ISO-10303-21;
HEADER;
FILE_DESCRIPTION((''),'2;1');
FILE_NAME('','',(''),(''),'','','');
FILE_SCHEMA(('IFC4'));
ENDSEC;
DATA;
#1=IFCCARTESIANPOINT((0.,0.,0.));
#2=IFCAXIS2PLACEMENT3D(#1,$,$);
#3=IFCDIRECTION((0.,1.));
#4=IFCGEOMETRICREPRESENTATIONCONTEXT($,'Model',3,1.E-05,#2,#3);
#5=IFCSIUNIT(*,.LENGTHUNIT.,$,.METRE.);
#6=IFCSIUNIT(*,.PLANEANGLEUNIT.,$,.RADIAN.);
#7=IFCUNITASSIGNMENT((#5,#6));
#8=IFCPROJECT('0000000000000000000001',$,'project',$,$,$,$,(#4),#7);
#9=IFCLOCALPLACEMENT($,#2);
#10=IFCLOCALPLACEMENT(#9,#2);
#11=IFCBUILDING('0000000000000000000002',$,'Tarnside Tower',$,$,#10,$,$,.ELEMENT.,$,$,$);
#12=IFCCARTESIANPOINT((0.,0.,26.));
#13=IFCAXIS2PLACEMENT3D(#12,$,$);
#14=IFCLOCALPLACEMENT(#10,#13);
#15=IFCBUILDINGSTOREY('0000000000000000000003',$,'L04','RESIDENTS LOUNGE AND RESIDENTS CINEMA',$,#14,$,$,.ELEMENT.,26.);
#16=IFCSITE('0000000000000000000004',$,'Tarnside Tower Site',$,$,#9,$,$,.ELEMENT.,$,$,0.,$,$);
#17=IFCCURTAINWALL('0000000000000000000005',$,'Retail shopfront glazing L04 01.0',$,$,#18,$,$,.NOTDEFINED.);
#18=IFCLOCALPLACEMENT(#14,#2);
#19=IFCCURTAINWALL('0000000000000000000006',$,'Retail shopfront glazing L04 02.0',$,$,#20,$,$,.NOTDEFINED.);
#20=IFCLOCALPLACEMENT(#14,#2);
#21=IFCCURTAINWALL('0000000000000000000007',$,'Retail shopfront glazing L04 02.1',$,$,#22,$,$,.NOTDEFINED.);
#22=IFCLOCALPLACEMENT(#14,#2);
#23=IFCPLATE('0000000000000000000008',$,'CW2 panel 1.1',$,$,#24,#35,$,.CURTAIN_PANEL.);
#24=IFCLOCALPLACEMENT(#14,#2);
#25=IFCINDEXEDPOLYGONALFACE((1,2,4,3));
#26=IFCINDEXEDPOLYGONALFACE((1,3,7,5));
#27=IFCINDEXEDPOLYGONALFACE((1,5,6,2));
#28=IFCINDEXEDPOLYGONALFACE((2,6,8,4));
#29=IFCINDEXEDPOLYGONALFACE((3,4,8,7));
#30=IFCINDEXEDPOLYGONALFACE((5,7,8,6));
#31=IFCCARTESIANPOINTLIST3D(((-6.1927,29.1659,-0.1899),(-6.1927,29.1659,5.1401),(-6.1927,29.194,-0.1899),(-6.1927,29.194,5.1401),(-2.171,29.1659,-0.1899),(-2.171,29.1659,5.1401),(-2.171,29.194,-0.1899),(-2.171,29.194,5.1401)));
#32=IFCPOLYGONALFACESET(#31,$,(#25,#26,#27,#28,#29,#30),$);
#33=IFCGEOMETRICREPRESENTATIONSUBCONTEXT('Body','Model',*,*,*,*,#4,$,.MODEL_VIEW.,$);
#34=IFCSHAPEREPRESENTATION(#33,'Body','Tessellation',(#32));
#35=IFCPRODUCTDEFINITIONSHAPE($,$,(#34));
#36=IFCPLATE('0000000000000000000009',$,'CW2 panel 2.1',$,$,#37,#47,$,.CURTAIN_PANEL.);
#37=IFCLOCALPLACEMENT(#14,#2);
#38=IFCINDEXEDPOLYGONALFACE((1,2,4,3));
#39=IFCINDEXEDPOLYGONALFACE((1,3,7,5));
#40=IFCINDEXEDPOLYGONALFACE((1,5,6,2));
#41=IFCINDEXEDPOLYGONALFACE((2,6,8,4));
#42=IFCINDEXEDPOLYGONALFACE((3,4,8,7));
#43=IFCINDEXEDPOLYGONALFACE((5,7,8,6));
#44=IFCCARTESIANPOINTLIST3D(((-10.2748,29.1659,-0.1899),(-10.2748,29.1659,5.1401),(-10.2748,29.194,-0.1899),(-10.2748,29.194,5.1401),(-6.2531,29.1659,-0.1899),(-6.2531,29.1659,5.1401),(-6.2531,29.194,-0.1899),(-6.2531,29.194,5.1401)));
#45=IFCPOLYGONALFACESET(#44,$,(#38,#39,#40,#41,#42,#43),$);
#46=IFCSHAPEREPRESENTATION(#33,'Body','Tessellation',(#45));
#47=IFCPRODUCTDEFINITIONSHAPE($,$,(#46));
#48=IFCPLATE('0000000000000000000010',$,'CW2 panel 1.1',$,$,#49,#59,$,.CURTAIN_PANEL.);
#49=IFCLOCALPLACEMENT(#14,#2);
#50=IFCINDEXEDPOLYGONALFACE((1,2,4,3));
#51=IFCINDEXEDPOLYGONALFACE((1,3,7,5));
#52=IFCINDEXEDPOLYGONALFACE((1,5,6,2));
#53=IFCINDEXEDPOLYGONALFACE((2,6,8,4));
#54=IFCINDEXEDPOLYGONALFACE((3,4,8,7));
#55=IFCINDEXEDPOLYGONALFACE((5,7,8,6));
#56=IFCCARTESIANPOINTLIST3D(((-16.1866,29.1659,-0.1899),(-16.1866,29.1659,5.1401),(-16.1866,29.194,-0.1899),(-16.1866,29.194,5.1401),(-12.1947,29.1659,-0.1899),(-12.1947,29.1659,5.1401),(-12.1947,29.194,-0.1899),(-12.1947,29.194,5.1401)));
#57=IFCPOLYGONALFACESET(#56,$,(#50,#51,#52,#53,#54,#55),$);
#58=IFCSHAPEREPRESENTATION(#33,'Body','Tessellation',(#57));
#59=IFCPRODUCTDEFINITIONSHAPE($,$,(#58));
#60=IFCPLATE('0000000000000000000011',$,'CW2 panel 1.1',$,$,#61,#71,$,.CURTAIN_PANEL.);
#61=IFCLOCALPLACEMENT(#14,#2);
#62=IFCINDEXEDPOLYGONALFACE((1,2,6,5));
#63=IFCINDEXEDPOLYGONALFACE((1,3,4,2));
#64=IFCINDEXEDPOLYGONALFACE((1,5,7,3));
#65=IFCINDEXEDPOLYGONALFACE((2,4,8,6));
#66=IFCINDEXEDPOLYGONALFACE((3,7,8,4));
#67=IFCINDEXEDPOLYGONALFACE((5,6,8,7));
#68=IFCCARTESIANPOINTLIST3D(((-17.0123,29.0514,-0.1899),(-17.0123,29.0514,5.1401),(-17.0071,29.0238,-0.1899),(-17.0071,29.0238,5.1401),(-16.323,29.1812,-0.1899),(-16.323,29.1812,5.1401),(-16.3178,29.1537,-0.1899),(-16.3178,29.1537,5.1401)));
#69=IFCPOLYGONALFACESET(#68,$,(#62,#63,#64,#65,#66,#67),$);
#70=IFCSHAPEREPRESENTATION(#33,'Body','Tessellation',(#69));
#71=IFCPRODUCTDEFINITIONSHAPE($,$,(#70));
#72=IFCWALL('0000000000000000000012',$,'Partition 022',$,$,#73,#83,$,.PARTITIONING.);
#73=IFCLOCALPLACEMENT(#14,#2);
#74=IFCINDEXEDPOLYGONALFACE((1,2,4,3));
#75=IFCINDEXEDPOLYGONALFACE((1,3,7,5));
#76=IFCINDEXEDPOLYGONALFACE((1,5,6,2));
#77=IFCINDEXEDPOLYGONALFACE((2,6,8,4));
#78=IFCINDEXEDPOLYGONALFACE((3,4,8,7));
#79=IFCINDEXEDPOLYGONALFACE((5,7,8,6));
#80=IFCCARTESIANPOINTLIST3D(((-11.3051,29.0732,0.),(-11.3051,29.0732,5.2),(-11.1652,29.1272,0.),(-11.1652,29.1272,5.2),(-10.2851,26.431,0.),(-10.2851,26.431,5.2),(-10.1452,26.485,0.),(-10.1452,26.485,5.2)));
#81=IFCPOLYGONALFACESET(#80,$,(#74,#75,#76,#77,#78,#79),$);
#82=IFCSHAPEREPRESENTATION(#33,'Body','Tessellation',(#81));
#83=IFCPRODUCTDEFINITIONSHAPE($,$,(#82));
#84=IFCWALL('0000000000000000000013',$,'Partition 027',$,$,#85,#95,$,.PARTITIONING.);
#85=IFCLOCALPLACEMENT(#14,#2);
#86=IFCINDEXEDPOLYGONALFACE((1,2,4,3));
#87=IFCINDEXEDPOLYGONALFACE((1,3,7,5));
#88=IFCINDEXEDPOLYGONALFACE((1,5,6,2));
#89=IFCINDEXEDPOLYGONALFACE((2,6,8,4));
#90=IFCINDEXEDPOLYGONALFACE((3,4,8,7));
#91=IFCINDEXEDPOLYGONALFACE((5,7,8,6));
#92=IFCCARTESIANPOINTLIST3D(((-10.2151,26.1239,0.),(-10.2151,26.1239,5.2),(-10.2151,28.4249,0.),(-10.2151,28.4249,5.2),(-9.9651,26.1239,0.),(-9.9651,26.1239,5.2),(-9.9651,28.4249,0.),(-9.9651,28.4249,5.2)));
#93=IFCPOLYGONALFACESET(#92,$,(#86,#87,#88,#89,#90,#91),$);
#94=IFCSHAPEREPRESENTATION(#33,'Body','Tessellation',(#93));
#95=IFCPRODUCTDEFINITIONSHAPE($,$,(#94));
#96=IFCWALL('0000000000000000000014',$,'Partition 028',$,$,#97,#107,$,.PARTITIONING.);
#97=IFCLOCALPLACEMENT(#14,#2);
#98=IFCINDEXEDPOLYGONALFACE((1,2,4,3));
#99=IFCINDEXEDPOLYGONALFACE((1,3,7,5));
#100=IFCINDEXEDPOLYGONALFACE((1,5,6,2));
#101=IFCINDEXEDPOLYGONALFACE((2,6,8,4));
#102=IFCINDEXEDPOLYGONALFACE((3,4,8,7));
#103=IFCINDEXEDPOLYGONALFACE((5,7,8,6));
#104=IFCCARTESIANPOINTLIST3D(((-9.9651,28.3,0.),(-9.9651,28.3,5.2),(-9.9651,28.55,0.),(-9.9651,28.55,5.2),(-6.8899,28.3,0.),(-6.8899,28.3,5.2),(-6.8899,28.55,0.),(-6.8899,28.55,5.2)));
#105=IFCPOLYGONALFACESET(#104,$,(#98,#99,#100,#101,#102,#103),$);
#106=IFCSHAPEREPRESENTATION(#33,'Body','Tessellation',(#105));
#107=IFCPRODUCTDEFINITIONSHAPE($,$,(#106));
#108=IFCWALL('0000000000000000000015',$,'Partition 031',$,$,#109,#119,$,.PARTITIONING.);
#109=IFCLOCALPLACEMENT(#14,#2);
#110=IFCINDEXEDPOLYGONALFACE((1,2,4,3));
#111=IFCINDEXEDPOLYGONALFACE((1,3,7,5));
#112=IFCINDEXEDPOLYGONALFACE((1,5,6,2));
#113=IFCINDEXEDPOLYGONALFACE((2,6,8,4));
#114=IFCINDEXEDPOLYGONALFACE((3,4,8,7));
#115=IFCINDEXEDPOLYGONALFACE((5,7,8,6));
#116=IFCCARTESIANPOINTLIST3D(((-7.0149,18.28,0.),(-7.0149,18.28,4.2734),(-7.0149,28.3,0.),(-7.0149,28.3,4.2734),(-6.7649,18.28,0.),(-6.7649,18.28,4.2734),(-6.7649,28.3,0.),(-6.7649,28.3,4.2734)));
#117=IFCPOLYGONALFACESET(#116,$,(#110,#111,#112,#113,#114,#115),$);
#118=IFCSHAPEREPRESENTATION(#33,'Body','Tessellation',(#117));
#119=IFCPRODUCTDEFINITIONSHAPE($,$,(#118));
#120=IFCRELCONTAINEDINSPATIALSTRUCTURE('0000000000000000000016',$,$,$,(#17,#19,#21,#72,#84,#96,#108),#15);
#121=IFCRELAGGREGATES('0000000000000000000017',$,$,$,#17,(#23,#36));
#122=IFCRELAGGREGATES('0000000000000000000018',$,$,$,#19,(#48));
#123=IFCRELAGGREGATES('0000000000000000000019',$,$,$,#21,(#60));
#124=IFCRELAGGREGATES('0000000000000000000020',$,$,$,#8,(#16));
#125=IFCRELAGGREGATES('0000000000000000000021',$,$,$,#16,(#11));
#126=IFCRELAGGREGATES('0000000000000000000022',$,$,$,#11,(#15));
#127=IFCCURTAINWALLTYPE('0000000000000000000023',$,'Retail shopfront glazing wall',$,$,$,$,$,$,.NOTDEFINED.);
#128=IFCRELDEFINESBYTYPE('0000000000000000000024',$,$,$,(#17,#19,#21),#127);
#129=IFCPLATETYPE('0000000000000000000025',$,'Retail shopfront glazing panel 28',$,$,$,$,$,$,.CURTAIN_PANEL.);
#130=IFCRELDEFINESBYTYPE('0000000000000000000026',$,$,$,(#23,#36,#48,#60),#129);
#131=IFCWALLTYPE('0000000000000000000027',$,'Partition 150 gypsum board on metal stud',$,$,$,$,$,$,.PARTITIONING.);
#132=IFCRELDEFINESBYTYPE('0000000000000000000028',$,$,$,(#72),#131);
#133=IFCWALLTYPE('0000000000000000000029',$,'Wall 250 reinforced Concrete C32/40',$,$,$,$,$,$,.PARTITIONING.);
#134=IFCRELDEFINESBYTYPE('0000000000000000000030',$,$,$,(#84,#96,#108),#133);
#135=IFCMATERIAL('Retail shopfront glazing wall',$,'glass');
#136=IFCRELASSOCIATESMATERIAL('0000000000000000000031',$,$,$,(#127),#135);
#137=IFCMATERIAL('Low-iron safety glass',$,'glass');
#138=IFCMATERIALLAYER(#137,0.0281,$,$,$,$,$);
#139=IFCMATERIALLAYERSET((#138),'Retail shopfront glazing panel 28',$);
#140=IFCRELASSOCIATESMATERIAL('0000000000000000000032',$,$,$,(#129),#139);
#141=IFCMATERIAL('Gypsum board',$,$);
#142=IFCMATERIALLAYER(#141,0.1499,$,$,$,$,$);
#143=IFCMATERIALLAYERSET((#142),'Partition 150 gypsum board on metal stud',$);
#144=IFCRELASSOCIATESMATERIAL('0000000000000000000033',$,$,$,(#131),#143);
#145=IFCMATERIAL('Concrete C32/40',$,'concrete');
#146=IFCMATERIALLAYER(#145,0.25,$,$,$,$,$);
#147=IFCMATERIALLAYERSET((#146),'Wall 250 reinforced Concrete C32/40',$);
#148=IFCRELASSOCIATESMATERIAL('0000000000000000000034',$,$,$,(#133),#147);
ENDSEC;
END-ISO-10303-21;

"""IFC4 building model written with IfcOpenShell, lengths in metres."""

from ifc_helpers import new_model, si_unit, direction, frame, frame_2d, origin, origin_2d, place, context, subcontext, project, spatial, rectangle, extrude, material, layer, layer_set, type_object, element, aggregate, save


model = new_model("IFC4")

# Units and contexts
model_context = context("Model", 3, precision=1e-05, world=origin(), true_north=direction((0.0, 1.0)))
body_context = subcontext(model_context, "Body", "Model", "MODEL_VIEW")
ifc_project = project(units=[si_unit("LENGTHUNIT", "METRE"), si_unit("PLANEANGLEUNIT", "RADIAN")], contexts=[model_context])

# Site, building, storey
site_placement = place(None, origin())
site = spatial("IfcSite", under=ifc_project, at=site_placement, Name="Tarnside Tower Site", CompositionType="ELEMENT", RefElevation=0.0)
building_placement = place(site_placement, origin())
building = spatial("IfcBuilding", under=site, at=building_placement, Name="Tarnside Tower", CompositionType="ELEMENT")
storey_placement = place(building_placement, frame((0.0, 0.0, 26.0)))
storey = spatial("IfcBuildingStorey", under=building, at=storey_placement, Name="L04", Description="RESIDENTS LOUNGE AND RESIDENTS CINEMA", CompositionType="ELEMENT", Elevation=26.0)

# Shared definitions
ifc_material_1 = material(Name="Retail shopfront glazing wall", Category="glass")
curtain_wall_type = type_object("IfcCurtainWallType", Name="Retail shopfront glazing wall", PredefinedType="NOTDEFINED", material=ifc_material_1)

# Curtain walls
curtain_wall_1_placement = place(storey_placement, origin())
curtain_wall_1 = element("IfcCurtainWall", 1, at=curtain_wall_1_placement, inside=storey, type_object=curtain_wall_type, Name="Retail shopfront glazing L04 01.0", PredefinedType="NOTDEFINED")
curtain_wall_2_placement = place(storey_placement, origin())
curtain_wall_2 = element("IfcCurtainWall", 2, at=curtain_wall_2_placement, inside=storey, type_object=curtain_wall_type, Name="Retail shopfront glazing L04 02.0", PredefinedType="NOTDEFINED")

# Curtain wall
curtain_wall_3_placement = place(storey_placement, origin())
curtain_wall_3 = element("IfcCurtainWall", 3, at=curtain_wall_3_placement, inside=storey, type_object=curtain_wall_type, Name="Retail shopfront glazing L04 02.1", PredefinedType="NOTDEFINED")

# Plates
ifc_material_2 = material(Name="Low-iron safety glass", Category="glass")
ifc_layer_1 = layer(ifc_material_2, 0.0281)
ifc_layer_set_1 = layer_set([ifc_layer_1], Name="Retail shopfront glazing panel 28")
plate_type = type_object("IfcPlateType", Name="Retail shopfront glazing panel 28", PredefinedType="CURTAIN_PANEL", material=ifc_layer_set_1)
plate_1_placement = place(storey_placement, frame((-4.1819, 29.1799, -0.1899), z_axis=(0.0, 0.0, 1.0), x_axis=(-1.0, 0.0, 0.0)))
plate_1 = element("IfcPlate", 4, at=plate_1_placement, type_object=plate_type, Name="CW2 panel 1.1", PredefinedType="CURTAIN_PANEL", context=body_context, shape_type="SweptSolid", body=[
    extrude(rectangle(XDim=4.0217, YDim=0.0281, at=origin_2d()), origin(), (0.0, 0.0, 1.0), 5.3301),
])
plate_2_placement = place(storey_placement, frame((-8.2639, 29.1799, -0.1899), z_axis=(0.0, 0.0, 1.0), x_axis=(-1.0, 0.0, 0.0)))
plate_2 = element("IfcPlate", 5, at=plate_2_placement, type_object=plate_type, Name="CW2 panel 2.1", PredefinedType="CURTAIN_PANEL", context=body_context, shape_type="SweptSolid", body=[
    extrude(rectangle(XDim=4.0217, YDim=0.0281, at=origin_2d()), origin(), (0.0, 0.0, 1.0), 5.3301),
])
aggregate(curtain_wall_1, [plate_1, plate_2])
plate_3_placement = place(storey_placement, frame((-14.1907, 29.1799, -0.1899), z_axis=(0.0, 0.0, 1.0), x_axis=(-1.0, 0.0, 0.0)))
plate_3 = element("IfcPlate", 6, at=plate_3_placement, type_object=plate_type, Name="CW2 panel 1.1", PredefinedType="CURTAIN_PANEL", context=body_context, shape_type="SweptSolid", body=[
    extrude(rectangle(XDim=3.9919, YDim=0.0281, at=origin_2d()), origin(), (0.0, 0.0, 1.0), 5.3301),
])
aggregate(curtain_wall_2, [plate_3])
plate_4_placement = place(storey_placement, frame((-16.665, 29.1025, -0.1899), z_axis=(0.0, 0.0, 1.0), x_axis=(-0.982721, -0.185095, 0.0)))
plate_4 = element("IfcPlate", 7, at=plate_4_placement, type_object=plate_type, Name="CW2 panel 1.1", PredefinedType="CURTAIN_PANEL", context=body_context, shape_type="SweptSolid", body=[
    extrude(rectangle(XDim=0.7014, YDim=0.0281, at=origin_2d()), origin(), (0.0, 0.0, 1.0), 5.3301),
])
aggregate(curtain_wall_3, [plate_4])

# Walls
ifc_material_3 = material(Name="Gypsum board")
ifc_layer_2 = layer(ifc_material_3, 0.1499)
ifc_layer_set_2 = layer_set([ifc_layer_2], Name="Partition 150 gypsum board on metal stud")
wall_type_1 = type_object("IfcWallType", Name="Partition 150 gypsum board on metal stud", PredefinedType="PARTITIONING", material=ifc_layer_set_2)
wall_1_placement = place(storey_placement, frame((-11.2351, 29.1001, 0.0), z_axis=(0.0, 0.0, 1.0), x_axis=(0.360128, -0.932903, 0.0)))
element("IfcWall", 8, at=wall_1_placement, inside=storey, type_object=wall_type_1, Name="Partition 022", PredefinedType="PARTITIONING", context=body_context, shape_type="SweptSolid", body=[
    extrude(rectangle(XDim=2.8323, YDim=0.1499, at=frame_2d((1.416, 0.0))), origin(), (0.0, 0.0, 1.0), 5.2),
])
ifc_material_4 = material(Name="Concrete C32/40", Category="concrete")
ifc_layer_3 = layer(ifc_material_4, 0.25)
ifc_layer_set_3 = layer_set([ifc_layer_3], Name="Wall 250 reinforced Concrete C32/40")
wall_type_2 = type_object("IfcWallType", Name="Wall 250 reinforced Concrete C32/40", PredefinedType="PARTITIONING", material=ifc_layer_set_3)
wall_2_placement = place(storey_placement, frame((-10.0901, 26.124, 0.0), z_axis=(0.0, 0.0, 1.0), x_axis=(0.0, 1.0, 0.0)))
element("IfcWall", 9, at=wall_2_placement, inside=storey, type_object=wall_type_2, Name="Partition 027", PredefinedType="PARTITIONING", context=body_context, shape_type="SweptSolid", body=[
    extrude(rectangle(XDim=2.301, YDim=0.25, at=frame_2d((1.1504, 0.0))), origin(), (0.0, 0.0, 1.0), 5.2),
])
wall_3_placement = place(storey_placement, frame((-9.9651, 28.425, 0.0), z_axis=(0.0, 0.0, 1.0), x_axis=(1.0, 0.0, 0.0)))
element("IfcWall", 10, at=wall_3_placement, inside=storey, type_object=wall_type_2, Name="Partition 028", PredefinedType="PARTITIONING", context=body_context, shape_type="SweptSolid", body=[
    extrude(rectangle(XDim=3.0752, YDim=0.25, at=frame_2d((1.5376, 0.0))), origin(), (0.0, 0.0, 1.0), 5.2),
])
wall_4_placement = place(storey_placement, frame((-6.8899, 28.3, 0.0), z_axis=(0.0, 0.0, 1.0), x_axis=(0.0, -1.0, 0.0)))
element("IfcWall", 11, at=wall_4_placement, inside=storey, type_object=wall_type_2, Name="Partition 031", PredefinedType="PARTITIONING", context=body_context, shape_type="SweptSolid", body=[
    extrude(rectangle(XDim=10.02, YDim=0.25, at=frame_2d((5.01, 0.0))), origin(), (0.0, 0.0, 1.0), 4.2734),
])

save(model, "model.ifc")
